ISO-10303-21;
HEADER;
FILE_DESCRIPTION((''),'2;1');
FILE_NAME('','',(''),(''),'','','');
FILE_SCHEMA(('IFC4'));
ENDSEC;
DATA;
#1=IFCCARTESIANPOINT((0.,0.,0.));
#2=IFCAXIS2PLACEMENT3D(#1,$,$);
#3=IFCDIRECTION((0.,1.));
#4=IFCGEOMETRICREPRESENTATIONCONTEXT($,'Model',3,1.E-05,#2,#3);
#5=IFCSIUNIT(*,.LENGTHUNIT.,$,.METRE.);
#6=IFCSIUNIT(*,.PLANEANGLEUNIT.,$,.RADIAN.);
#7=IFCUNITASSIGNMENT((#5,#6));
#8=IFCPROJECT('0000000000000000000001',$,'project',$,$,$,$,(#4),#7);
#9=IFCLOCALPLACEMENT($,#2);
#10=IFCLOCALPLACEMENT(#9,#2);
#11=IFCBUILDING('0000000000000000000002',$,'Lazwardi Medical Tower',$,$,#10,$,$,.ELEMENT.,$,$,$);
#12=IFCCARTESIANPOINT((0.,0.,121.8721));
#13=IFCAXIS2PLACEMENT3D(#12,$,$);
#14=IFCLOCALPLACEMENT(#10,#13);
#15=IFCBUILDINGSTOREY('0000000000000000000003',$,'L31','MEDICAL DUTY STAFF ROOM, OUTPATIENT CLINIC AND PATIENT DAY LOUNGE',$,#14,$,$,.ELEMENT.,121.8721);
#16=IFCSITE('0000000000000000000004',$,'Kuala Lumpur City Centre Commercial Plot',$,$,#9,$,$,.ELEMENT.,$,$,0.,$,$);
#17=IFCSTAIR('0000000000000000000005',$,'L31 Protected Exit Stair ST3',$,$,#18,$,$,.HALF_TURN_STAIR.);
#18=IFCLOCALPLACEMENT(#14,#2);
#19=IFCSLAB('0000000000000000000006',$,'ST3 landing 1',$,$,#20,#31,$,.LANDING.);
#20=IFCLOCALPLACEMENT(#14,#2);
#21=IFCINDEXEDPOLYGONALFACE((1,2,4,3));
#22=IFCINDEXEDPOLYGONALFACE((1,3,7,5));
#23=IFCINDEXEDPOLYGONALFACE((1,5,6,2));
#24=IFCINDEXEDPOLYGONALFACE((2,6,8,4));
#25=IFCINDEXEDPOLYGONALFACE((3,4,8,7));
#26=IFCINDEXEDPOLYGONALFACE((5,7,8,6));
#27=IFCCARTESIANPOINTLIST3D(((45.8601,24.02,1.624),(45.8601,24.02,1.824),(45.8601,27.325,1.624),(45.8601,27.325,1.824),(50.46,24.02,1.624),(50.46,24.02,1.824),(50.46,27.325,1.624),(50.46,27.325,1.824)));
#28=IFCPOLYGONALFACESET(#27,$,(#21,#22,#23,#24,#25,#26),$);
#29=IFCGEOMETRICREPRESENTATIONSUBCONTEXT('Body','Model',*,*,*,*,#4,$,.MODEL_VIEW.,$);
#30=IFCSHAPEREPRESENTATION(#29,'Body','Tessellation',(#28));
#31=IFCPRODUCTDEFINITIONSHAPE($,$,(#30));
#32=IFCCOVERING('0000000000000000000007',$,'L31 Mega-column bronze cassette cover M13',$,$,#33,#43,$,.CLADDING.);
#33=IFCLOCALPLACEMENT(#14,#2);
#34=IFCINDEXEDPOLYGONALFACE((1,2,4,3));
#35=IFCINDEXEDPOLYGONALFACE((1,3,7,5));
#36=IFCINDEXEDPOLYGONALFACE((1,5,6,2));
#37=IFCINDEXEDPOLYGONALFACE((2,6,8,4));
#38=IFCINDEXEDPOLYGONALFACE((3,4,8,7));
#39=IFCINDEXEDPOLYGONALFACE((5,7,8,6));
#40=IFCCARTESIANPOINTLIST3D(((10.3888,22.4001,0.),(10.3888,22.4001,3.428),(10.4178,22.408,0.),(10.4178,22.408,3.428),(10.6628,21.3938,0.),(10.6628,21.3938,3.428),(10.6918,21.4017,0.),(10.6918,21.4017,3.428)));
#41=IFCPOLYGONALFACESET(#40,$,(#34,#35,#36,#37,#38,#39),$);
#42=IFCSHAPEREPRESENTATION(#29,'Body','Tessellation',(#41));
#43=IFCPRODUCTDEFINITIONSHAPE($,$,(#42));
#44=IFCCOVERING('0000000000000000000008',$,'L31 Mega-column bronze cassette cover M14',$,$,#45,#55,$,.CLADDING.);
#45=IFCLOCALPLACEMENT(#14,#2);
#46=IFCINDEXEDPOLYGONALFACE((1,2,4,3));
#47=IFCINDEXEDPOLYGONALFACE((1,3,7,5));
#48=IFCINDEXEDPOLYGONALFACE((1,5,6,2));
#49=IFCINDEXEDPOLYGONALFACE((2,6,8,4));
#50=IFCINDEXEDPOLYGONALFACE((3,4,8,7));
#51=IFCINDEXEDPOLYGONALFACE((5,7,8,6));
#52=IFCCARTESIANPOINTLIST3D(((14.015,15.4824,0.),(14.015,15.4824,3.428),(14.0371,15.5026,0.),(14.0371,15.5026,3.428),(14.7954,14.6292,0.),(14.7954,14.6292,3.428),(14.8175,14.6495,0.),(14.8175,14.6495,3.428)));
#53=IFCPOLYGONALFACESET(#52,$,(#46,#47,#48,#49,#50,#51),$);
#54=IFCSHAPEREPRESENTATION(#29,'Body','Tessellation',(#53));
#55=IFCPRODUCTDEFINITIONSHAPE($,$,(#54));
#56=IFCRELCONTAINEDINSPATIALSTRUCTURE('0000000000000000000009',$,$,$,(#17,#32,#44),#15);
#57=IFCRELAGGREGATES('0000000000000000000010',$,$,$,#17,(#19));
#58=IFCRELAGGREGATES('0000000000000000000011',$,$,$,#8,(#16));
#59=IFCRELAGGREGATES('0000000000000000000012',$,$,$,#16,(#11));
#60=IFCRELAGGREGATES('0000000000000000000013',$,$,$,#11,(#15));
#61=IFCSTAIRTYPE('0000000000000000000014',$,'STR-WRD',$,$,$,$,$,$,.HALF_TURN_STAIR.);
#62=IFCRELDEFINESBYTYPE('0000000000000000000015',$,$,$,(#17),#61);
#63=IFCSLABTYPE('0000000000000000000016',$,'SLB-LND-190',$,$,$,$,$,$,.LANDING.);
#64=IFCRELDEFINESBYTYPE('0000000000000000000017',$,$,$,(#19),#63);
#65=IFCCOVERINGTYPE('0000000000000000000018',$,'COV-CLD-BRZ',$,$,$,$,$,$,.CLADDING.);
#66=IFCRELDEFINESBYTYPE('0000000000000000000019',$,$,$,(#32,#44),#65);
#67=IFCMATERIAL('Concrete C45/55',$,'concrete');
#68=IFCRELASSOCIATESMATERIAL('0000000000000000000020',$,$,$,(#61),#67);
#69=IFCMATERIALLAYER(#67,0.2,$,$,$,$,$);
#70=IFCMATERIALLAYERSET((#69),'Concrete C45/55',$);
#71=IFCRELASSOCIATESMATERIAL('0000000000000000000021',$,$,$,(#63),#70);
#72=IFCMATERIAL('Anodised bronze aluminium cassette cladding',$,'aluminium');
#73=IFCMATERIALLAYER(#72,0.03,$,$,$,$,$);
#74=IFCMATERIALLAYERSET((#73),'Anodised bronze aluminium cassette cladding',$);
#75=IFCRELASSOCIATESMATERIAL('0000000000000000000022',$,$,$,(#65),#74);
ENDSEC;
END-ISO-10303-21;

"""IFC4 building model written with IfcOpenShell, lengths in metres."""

from ifc_helpers import new_model, si_unit, direction, frame, origin, origin_2d, place, context, subcontext, project, spatial, polyline, rectangle, outline, extrude, material, layer, layer_set, type_object, element, aggregate, save


model = new_model("IFC4")

# Units and contexts
model_context = context("Model", 3, precision=1e-05, world=origin(), true_north=direction((0.0, 1.0)))
body_context = subcontext(model_context, "Body", "Model", "MODEL_VIEW")
ifc_project = project(units=[si_unit("LENGTHUNIT", "METRE"), si_unit("PLANEANGLEUNIT", "RADIAN")], contexts=[model_context])

# Site, building, storey
site_placement = place(None, origin())
site = spatial("IfcSite", under=ifc_project, at=site_placement, Name="Kuala Lumpur City Centre Commercial Plot", CompositionType="ELEMENT", RefElevation=0.0)
building_placement = place(site_placement, origin())
building = spatial("IfcBuilding", under=site, at=building_placement, Name="Lazwardi Medical Tower", CompositionType="ELEMENT")
storey_placement = place(building_placement, frame((0.0, 0.0, 121.8721)))
storey = spatial("IfcBuildingStorey", under=building, at=storey_placement, Name="L31", Description="MEDICAL DUTY STAFF ROOM, OUTPATIENT CLINIC AND PATIENT DAY LOUNGE", CompositionType="ELEMENT", Elevation=121.8721)

# Stair, slab
ifc_material_1 = material(Name="Concrete C45/55", Category="concrete")
stair_type = type_object("IfcStairType", Name="STR-WRD", PredefinedType="HALF_TURN_STAIR", material=ifc_material_1)
ifc_layer_1 = layer(ifc_material_1, 0.2)
ifc_layer_set_1 = layer_set([ifc_layer_1], Name="Concrete C45/55")
slab_type = type_object("IfcSlabType", Name="SLB-LND-190", PredefinedType="LANDING", material=ifc_layer_set_1)
stair_1_placement = place(storey_placement, origin())
stair_1 = element("IfcStair", 1, at=stair_1_placement, inside=storey, type_object=stair_type, Name="L31 Protected Exit Stair ST3", PredefinedType="HALF_TURN_STAIR")
slab_1_placement = place(storey_placement, frame((0.0, 0.0, 1.624)))
slab_1 = element("IfcSlab", 2, at=slab_1_placement, type_object=slab_type, Name="ST3 landing 1", PredefinedType="LANDING", context=body_context, shape_type="SweptSolid", body=[
    extrude(outline(polyline([(45.8601, 27.325), (45.8601, 24.02), (50.46, 24.02), (50.46, 27.325), (45.8601, 27.325)])), origin(), (0.0, 0.0, 1.0), 0.2),
])
aggregate(stair_1, [slab_1])

# Coverings
ifc_material_2 = material(Name="Anodised bronze aluminium cassette cladding", Category="aluminium")
ifc_layer_2 = layer(ifc_material_2, 0.03)
ifc_layer_set_2 = layer_set([ifc_layer_2], Name="Anodised bronze aluminium cassette cladding")
covering_type = type_object("IfcCoveringType", Name="COV-CLD-BRZ", PredefinedType="CLADDING", material=ifc_layer_set_2)
covering_1_placement = place(storey_placement, frame((10.5403, 21.9009, 0.0), z_axis=(0.0, 0.0, 1.0), x_axis=(0.262696, -0.964879, 0.0)))
element("IfcCovering", 3, at=covering_1_placement, inside=storey, type_object=covering_type, Name="L31 Mega-column bronze cassette cover M13", PredefinedType="CLADDING", context=body_context, shape_type="SweptSolid", body=[
    extrude(rectangle(XDim=1.043, YDim=0.03, at=origin_2d()), origin(), (0.0, 0.0, 1.0), 3.428),
])
covering_2_placement = place(storey_placement, frame((14.4163, 15.0659, 0.0), z_axis=(0.0, 0.0, 1.0), x_axis=(0.674926, -0.737885, 0.0)))
element("IfcCovering", 4, at=covering_2_placement, inside=storey, type_object=covering_type, Name="L31 Mega-column bronze cassette cover M14", PredefinedType="CLADDING", context=body_context, shape_type="SweptSolid", body=[
    extrude(rectangle(XDim=1.1562, YDim=0.03, at=origin_2d()), origin(), (0.0, 0.0, 1.0), 3.428),
])

save(model, "model.ifc")
